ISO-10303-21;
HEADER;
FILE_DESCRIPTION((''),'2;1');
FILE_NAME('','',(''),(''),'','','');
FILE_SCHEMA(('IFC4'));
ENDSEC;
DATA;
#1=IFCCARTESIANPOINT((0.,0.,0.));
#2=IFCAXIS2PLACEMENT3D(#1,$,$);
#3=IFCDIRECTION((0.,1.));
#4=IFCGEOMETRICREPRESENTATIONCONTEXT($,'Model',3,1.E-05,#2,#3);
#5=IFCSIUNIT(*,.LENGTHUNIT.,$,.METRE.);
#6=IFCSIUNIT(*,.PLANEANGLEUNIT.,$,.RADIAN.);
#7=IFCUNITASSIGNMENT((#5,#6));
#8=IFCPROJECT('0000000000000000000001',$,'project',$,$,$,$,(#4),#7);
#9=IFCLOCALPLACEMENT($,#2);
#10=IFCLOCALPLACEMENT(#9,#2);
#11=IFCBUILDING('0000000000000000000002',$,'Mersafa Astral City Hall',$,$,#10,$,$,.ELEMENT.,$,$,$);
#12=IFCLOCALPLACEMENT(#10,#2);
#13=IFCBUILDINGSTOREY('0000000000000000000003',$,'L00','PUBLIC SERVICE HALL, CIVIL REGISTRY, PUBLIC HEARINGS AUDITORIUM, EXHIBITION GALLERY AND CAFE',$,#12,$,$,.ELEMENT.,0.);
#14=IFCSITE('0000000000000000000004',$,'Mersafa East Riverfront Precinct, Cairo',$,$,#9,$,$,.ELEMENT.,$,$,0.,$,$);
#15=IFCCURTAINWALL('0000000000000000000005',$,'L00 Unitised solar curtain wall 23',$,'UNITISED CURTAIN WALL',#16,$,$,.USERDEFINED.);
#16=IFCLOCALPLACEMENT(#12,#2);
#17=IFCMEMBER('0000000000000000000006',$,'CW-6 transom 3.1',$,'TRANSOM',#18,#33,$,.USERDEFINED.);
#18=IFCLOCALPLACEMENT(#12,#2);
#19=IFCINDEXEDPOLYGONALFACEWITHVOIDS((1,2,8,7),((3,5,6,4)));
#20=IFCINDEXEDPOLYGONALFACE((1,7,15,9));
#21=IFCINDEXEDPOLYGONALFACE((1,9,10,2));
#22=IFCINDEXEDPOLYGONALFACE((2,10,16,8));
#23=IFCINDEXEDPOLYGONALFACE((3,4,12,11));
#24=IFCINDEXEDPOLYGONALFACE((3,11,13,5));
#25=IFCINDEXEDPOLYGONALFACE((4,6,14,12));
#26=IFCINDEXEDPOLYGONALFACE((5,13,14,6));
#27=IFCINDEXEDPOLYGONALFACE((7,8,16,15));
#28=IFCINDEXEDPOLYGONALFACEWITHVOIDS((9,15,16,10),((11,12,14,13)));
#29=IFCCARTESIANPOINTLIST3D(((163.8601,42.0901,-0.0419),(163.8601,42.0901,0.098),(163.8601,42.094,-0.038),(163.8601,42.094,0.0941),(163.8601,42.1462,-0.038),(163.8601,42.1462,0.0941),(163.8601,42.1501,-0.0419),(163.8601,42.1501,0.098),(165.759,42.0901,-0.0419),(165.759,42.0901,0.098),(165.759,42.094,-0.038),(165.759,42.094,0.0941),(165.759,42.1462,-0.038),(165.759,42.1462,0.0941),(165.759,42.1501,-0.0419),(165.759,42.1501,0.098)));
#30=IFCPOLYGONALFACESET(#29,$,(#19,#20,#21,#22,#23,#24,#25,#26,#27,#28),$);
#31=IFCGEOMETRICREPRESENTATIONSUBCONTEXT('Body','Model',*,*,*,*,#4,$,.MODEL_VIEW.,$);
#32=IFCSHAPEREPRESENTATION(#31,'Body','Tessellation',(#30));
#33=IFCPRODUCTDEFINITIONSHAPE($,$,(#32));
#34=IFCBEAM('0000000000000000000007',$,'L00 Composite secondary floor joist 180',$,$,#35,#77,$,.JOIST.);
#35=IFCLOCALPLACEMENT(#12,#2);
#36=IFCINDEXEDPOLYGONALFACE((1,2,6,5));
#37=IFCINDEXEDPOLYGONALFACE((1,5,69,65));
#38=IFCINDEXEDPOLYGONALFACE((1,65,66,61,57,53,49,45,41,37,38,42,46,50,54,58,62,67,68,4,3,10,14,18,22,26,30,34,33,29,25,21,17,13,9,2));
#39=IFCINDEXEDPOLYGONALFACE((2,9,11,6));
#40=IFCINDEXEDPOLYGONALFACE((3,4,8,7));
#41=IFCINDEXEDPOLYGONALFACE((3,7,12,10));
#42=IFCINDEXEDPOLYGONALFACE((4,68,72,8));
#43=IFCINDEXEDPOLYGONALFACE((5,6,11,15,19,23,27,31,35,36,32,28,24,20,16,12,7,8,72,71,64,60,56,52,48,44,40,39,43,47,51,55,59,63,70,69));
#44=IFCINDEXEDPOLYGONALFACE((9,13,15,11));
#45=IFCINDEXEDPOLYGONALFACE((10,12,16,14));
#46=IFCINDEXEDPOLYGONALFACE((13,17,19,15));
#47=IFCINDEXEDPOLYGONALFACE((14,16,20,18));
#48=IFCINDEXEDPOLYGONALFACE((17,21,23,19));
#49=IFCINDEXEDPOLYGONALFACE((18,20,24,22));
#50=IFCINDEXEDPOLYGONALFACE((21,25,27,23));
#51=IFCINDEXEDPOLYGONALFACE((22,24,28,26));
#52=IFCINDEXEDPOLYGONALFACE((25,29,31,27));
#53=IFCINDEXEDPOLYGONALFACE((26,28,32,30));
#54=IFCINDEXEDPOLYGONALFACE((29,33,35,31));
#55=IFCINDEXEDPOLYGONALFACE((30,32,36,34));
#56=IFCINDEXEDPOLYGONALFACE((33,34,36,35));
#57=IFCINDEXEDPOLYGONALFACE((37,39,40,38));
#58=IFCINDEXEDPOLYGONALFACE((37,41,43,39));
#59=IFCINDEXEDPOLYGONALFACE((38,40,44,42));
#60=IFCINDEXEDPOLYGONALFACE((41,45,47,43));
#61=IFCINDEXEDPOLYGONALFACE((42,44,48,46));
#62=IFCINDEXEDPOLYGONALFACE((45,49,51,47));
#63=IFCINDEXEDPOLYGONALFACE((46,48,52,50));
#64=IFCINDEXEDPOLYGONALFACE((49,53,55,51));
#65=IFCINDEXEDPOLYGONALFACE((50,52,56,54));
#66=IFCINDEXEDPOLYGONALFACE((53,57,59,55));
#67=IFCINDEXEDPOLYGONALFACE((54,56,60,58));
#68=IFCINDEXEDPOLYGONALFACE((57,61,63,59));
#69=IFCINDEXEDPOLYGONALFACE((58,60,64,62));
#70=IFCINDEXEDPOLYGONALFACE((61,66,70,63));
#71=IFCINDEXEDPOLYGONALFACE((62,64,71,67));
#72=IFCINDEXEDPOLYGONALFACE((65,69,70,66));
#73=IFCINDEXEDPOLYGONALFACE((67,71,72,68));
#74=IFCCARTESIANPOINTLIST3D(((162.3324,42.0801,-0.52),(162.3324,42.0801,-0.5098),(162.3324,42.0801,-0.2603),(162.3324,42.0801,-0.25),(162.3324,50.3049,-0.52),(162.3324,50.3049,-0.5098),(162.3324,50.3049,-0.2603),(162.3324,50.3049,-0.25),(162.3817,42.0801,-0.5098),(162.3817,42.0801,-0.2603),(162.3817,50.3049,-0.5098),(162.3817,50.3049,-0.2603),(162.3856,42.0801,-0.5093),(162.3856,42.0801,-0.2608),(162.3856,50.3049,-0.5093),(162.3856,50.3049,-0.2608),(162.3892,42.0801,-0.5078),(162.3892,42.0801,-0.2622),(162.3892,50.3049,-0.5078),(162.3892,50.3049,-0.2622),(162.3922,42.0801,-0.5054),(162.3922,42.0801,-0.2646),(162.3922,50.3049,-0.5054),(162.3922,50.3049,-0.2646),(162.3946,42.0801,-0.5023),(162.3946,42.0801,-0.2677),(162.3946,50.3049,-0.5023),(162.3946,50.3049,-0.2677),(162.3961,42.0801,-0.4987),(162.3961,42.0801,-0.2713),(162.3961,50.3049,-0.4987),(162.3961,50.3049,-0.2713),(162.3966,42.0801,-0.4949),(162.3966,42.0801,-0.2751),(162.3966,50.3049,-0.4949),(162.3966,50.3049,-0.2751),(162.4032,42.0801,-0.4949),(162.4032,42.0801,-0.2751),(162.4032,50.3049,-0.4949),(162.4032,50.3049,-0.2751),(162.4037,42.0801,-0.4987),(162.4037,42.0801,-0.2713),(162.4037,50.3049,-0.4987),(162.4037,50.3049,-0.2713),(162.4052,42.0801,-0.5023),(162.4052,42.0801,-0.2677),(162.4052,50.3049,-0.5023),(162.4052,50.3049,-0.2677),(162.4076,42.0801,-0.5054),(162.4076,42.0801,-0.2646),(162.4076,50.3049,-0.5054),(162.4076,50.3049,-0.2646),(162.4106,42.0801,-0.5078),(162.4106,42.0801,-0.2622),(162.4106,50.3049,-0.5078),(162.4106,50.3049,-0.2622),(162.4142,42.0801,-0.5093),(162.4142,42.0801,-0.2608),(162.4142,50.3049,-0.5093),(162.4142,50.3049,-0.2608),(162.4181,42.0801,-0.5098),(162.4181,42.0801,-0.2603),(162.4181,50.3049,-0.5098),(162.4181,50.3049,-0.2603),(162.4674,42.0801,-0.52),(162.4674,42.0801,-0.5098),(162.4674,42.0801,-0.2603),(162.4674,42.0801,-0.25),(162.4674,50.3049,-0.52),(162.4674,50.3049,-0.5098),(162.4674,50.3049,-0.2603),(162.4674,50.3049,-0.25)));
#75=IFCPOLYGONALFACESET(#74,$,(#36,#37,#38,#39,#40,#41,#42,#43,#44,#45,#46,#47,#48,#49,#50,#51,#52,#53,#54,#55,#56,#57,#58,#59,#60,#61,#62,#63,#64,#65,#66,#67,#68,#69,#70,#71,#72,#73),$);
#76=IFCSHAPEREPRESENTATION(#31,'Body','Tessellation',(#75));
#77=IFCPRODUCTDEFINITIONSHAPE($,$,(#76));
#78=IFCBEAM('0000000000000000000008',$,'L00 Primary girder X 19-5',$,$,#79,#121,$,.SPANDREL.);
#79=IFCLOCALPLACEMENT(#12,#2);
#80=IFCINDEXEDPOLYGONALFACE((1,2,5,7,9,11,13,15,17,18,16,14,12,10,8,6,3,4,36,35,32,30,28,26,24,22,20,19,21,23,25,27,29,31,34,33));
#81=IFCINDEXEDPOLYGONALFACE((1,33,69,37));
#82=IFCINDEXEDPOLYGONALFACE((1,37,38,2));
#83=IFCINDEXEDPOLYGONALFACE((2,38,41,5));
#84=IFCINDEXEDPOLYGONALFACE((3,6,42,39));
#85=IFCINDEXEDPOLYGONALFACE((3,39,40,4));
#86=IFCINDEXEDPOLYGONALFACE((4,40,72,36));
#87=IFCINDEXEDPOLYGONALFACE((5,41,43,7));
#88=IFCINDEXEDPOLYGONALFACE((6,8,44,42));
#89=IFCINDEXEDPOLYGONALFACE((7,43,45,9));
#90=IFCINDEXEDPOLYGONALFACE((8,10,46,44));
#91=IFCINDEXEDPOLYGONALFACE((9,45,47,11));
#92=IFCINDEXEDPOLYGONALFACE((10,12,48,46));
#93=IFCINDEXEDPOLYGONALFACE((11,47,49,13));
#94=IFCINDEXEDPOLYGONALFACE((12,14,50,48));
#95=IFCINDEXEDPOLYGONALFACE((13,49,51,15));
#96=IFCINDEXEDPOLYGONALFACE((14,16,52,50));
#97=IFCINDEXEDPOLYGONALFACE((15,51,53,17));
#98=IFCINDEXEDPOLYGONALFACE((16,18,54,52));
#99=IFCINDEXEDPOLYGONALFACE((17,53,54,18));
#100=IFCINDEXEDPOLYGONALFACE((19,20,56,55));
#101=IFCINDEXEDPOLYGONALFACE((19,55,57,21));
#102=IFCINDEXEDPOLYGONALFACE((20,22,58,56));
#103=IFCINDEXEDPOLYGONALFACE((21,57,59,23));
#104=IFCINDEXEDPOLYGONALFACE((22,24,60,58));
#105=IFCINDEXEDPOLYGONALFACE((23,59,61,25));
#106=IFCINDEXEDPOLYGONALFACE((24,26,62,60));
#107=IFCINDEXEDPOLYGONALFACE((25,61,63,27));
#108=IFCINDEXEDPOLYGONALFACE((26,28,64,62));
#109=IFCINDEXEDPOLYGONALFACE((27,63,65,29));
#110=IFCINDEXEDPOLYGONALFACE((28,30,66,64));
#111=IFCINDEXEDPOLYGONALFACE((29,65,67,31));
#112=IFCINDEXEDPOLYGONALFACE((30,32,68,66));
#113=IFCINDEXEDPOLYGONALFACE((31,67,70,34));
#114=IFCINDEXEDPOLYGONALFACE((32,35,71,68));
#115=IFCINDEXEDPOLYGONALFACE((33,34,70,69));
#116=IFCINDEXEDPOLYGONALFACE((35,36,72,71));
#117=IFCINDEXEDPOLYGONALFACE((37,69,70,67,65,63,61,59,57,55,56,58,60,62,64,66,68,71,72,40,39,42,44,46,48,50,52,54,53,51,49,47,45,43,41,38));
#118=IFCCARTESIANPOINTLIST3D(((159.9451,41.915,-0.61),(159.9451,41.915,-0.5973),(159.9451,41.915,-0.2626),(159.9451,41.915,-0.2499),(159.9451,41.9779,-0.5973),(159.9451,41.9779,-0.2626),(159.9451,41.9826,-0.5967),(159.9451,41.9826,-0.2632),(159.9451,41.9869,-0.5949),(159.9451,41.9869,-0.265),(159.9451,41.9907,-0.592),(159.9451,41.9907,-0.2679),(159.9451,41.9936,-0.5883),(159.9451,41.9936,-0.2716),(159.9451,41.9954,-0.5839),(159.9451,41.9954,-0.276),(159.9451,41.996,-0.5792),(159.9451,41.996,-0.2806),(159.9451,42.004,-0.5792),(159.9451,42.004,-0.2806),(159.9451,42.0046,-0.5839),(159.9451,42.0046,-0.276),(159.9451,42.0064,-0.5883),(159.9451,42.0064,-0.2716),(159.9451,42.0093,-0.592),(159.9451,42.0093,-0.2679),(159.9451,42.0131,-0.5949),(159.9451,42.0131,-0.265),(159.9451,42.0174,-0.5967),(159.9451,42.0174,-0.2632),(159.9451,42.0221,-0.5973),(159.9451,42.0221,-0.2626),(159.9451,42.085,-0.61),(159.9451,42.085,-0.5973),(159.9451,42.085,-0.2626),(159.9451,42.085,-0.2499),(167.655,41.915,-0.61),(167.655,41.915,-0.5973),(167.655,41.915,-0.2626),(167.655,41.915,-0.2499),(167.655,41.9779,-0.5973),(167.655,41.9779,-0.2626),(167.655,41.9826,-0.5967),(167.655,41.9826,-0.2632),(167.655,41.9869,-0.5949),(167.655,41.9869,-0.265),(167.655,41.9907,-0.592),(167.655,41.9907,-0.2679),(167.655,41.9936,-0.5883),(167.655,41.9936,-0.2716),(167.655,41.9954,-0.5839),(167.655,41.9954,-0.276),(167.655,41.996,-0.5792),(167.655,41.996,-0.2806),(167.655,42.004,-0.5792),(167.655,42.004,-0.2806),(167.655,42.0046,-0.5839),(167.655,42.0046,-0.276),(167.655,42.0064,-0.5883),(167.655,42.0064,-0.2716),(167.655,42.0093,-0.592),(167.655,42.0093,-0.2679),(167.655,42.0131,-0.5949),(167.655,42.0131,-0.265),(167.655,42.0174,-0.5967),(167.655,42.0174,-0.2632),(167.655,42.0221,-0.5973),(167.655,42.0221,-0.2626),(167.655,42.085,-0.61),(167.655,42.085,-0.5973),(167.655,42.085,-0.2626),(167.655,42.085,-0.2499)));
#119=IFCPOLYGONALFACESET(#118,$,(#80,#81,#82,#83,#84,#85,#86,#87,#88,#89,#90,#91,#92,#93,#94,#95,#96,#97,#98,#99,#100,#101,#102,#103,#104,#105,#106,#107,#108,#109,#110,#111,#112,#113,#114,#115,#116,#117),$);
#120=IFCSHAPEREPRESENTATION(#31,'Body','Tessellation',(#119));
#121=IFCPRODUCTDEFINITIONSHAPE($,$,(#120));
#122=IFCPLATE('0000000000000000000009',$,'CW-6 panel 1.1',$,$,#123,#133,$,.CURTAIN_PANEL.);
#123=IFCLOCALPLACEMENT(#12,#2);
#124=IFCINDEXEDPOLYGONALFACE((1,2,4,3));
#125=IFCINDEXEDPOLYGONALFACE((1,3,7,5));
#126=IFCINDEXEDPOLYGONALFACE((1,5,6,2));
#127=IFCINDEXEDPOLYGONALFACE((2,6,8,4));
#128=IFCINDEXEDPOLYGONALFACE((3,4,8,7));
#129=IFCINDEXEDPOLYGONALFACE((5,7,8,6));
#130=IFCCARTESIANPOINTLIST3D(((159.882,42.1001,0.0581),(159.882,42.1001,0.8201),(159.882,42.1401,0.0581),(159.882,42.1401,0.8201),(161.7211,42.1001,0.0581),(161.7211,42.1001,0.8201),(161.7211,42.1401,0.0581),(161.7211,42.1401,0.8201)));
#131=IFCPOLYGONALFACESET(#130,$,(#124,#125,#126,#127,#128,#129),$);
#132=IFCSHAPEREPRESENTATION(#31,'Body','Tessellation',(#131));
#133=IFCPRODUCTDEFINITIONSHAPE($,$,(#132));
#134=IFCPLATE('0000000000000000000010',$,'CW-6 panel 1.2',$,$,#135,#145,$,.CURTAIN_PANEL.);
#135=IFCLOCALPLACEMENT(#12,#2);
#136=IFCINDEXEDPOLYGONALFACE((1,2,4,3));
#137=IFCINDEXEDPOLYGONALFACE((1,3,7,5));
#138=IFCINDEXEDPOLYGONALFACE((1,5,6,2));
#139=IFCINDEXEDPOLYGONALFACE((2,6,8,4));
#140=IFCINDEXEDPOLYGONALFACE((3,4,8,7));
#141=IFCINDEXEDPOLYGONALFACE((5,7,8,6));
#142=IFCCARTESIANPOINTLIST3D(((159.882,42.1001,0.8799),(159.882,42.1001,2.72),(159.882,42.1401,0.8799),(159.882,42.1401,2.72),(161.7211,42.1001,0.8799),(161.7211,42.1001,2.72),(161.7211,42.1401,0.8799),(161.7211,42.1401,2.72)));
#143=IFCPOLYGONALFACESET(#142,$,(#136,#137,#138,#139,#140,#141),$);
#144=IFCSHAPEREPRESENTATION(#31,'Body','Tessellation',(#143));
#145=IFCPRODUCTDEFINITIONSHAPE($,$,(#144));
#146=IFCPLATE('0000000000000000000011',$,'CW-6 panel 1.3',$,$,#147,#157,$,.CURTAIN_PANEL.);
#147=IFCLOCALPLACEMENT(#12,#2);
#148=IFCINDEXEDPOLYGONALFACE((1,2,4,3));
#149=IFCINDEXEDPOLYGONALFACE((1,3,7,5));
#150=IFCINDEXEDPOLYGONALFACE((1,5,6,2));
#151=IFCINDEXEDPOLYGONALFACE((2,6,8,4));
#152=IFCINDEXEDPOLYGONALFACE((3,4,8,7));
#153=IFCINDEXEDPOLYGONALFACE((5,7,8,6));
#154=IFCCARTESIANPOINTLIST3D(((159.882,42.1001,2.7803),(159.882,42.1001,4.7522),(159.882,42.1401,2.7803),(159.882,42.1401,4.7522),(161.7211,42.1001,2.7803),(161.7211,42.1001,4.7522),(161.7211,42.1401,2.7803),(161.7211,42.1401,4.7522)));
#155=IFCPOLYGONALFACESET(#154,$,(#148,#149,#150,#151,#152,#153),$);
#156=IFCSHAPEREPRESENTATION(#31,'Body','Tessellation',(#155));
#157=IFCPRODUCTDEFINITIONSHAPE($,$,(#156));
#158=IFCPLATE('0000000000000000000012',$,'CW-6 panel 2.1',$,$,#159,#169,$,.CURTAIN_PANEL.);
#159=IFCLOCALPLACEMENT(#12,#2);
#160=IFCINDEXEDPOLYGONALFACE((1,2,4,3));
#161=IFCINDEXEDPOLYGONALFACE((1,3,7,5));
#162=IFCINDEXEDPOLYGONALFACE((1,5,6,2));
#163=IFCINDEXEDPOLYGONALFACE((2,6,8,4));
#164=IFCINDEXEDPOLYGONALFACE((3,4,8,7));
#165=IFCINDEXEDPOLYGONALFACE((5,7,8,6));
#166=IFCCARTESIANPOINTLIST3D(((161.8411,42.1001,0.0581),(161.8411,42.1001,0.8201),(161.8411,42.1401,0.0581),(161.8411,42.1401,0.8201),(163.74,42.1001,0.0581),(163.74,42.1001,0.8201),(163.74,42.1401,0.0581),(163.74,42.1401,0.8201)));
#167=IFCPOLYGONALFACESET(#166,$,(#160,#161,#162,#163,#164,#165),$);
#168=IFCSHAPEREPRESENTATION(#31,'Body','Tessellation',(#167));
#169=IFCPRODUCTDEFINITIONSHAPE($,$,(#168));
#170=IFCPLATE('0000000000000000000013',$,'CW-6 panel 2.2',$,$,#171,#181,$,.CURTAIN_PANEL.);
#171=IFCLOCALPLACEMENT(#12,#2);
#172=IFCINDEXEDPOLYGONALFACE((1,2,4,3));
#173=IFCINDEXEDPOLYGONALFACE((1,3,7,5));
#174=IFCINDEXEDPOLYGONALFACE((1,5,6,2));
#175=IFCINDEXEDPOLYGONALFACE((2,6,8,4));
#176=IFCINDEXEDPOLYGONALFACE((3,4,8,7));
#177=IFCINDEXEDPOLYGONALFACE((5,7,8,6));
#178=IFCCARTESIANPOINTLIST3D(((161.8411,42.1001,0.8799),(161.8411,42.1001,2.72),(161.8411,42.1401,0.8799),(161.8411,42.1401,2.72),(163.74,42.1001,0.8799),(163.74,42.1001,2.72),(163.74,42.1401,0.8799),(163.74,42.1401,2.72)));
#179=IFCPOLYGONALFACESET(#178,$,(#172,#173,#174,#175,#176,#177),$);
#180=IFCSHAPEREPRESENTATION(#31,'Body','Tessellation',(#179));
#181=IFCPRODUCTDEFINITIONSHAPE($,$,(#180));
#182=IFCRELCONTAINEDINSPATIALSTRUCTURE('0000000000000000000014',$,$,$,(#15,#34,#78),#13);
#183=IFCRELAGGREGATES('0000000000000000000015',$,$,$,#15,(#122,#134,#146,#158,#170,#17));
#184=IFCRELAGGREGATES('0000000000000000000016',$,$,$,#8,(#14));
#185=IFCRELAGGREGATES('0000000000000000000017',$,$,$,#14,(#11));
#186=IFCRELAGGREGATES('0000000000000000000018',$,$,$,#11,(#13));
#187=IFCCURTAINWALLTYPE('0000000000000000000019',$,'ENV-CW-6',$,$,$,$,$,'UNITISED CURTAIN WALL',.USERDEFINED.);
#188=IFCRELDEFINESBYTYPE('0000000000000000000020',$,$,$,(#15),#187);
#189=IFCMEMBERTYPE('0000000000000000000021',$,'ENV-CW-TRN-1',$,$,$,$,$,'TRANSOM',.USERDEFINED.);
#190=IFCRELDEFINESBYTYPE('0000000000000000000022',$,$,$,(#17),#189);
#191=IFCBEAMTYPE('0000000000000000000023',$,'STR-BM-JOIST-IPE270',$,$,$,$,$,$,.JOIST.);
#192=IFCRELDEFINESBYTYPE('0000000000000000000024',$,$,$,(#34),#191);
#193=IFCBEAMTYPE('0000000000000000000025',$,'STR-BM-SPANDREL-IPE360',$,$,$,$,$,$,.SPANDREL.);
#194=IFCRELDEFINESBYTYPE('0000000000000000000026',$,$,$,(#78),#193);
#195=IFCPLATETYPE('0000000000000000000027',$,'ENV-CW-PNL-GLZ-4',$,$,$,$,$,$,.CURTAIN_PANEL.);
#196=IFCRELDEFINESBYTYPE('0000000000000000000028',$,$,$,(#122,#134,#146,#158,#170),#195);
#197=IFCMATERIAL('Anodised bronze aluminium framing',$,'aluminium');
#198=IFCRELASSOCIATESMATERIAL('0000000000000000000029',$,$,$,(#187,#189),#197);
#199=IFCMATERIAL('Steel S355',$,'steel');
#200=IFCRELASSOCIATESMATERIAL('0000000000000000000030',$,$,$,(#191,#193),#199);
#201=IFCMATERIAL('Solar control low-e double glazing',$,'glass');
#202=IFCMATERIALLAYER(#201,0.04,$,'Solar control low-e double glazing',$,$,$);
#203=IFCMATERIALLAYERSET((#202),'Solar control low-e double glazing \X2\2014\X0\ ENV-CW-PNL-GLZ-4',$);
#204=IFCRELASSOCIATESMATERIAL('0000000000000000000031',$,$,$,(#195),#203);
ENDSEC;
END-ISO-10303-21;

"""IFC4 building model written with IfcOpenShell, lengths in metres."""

from ifc_helpers import new_model, si_unit, direction, frame, origin, origin_2d, place, context, subcontext, project, spatial, rectangle, hollow_rectangle, i_section, extrude, material, layer, layer_set, material_profile, profile_set, type_object, element, aggregate, save


model = new_model("IFC4")

# Units and contexts
model_context = context("Model", 3, precision=1e-05, world=origin(), true_north=direction((0.0, 1.0)))
body_context = subcontext(model_context, "Body", "Model", "MODEL_VIEW")
ifc_project = project(units=[si_unit("LENGTHUNIT", "METRE"), si_unit("PLANEANGLEUNIT", "RADIAN")], contexts=[model_context])

# Site, building, storey
site_placement = place(None, origin())
site = spatial("IfcSite", under=ifc_project, at=site_placement, Name="Mersafa East Riverfront Precinct, Cairo", CompositionType="ELEMENT", RefElevation=0.0)
building_placement = place(site_placement, origin())
building = spatial("IfcBuilding", under=site, at=building_placement, Name="Mersafa Astral City Hall", CompositionType="ELEMENT")
storey_placement = place(building_placement, origin())
storey = spatial("IfcBuildingStorey", under=building, at=storey_placement, Name="L00", Description="PUBLIC SERVICE HALL, CIVIL REGISTRY, PUBLIC HEARINGS AUDITORIUM, EXHIBITION GALLERY AND CAFE", CompositionType="ELEMENT", Elevation=0.0)

# Curtain wall, member
ifc_material_1 = material(Name="Anodised bronze aluminium framing", Category="aluminium")
curtain_wall_type = type_object("IfcCurtainWallType", Name="ENV-CW-6", ElementType="UNITISED CURTAIN WALL", PredefinedType="USERDEFINED", material=ifc_material_1)
curtain_wall_placement = place(storey_placement, origin())
curtain_wall = element("IfcCurtainWall", 1, at=curtain_wall_placement, inside=storey, type_object=curtain_wall_type, Name="L00 Unitised solar curtain wall 23", ObjectType="UNITISED CURTAIN WALL", PredefinedType="USERDEFINED")
ifc_material_profile_1 = material_profile(ifc_material_1, hollow_rectangle(XDim=0.0601, YDim=0.1399, WallThickness=0.0039, at=origin_2d()), Name="RHS 60x140x4")
ifc_profile_set_1 = profile_set([ifc_material_profile_1], Name="Anodised bronze aluminium framing")
member_type_1 = type_object("IfcMemberType", Name="ENV-CW-TRN-1", ElementType="TRANSOM", PredefinedType="USERDEFINED", material=ifc_profile_set_1)
member_1_placement = place(storey_placement, frame((163.8601, 42.1201, 0.0281), z_axis=(1.0, 0.0, 0.0), x_axis=(0.0, 1.0, 0.0)))
member_1 = element("IfcMember", 2, at=member_1_placement, type_object=member_type_1, Name="CW-6 transom 3.1", ObjectType="TRANSOM", PredefinedType="USERDEFINED", context=body_context, shape_type="SweptSolid", body=[
    extrude(hollow_rectangle(XDim=0.0601, YDim=0.1399, WallThickness=0.0039, at=origin_2d()), origin(), (0.0, 0.0, 1.0), 1.8989),
])

# Beams
ifc_material_2 = material(Name="Steel S355", Category="steel")
ifc_material_profile_2 = material_profile(ifc_material_2, i_section(OverallWidth=0.135, OverallDepth=0.27, WebThickness=0.0066, FlangeThickness=0.0103, FilletRadius=0.0149, at=origin_2d()), Name="IPE 270")
ifc_profile_set_2 = profile_set([ifc_material_profile_2], Name="Steel S355")
beam_type_1 = type_object("IfcBeamType", Name="STR-BM-JOIST-IPE270", PredefinedType="JOIST", material=ifc_profile_set_2)
beam_1_placement = place(storey_placement, frame((162.3999, 42.0801, -0.385), z_axis=(0.0, 1.0, 0.0), x_axis=(-1.0, 0.0, 0.0)))
element("IfcBeam", 3, at=beam_1_placement, inside=storey, type_object=beam_type_1, Name="L00 Composite secondary floor joist 180", PredefinedType="JOIST", context=body_context, shape_type="SweptSolid", body=[
    extrude(i_section(OverallWidth=0.135, OverallDepth=0.27, WebThickness=0.0066, FlangeThickness=0.0103, FilletRadius=0.0149, at=origin_2d()), origin(), (0.0, 0.0, 1.0), 8.2249),
])
ifc_material_profile_3 = material_profile(ifc_material_2, i_section(OverallWidth=0.1699, OverallDepth=0.3601, WebThickness=0.0081, FlangeThickness=0.0127, FilletRadius=0.0181, at=origin_2d()), Name="IPE 360")
ifc_profile_set_3 = profile_set([ifc_material_profile_3], Name="Steel S355")
beam_type_2 = type_object("IfcBeamType", Name="STR-BM-SPANDREL-IPE360", PredefinedType="SPANDREL", material=ifc_profile_set_3)
beam_2_placement = place(storey_placement, frame((159.9451, 42.0, -0.4299), z_axis=(1.0, 0.0, 0.0), x_axis=(0.0, 1.0, 0.0)))
element("IfcBeam", 4, at=beam_2_placement, inside=storey, type_object=beam_type_2, Name="L00 Primary girder X 19-5", PredefinedType="SPANDREL", context=body_context, shape_type="SweptSolid", body=[
    extrude(i_section(OverallWidth=0.1699, OverallDepth=0.3601, WebThickness=0.0081, FlangeThickness=0.0127, FilletRadius=0.0181, at=origin_2d()), origin(), (0.0, 0.0, 1.0), 7.71),
])

# Plates
ifc_material_3 = material(Name="Solar control low-e double glazing", Category="glass")
ifc_layer = layer(ifc_material_3, 0.04, Name="Solar control low-e double glazing")
ifc_layer_set = layer_set([ifc_layer], Name="Solar control low-e double glazing — ENV-CW-PNL-GLZ-4")
plate_type = type_object("IfcPlateType", Name="ENV-CW-PNL-GLZ-4", PredefinedType="CURTAIN_PANEL", material=ifc_layer_set)
plate_1_placement = place(storey_placement, frame((160.8015, 42.1201, 0.0581), z_axis=(0.0, 0.0, 1.0), x_axis=(1.0, 0.0, 0.0)))
plate_1 = element("IfcPlate", 5, at=plate_1_placement, type_object=plate_type, Name="CW-6 panel 1.1", PredefinedType="CURTAIN_PANEL", context=body_context, shape_type="SweptSolid", body=[
    extrude(rectangle(XDim=1.8391, YDim=0.04, at=origin_2d()), origin(), (0.0, 0.0, 1.0), 0.762),
])
plate_2_placement = place(storey_placement, frame((160.8015, 42.1201, 0.8799), z_axis=(0.0, 0.0, 1.0), x_axis=(1.0, 0.0, 0.0)))
plate_2 = element("IfcPlate", 6, at=plate_2_placement, type_object=plate_type, Name="CW-6 panel 1.2", PredefinedType="CURTAIN_PANEL", context=body_context, shape_type="SweptSolid", body=[
    extrude(rectangle(XDim=1.8391, YDim=0.04, at=origin_2d()), origin(), (0.0, 0.0, 1.0), 1.8401),
])
plate_3_placement = place(storey_placement, frame((160.8015, 42.1201, 2.7803), z_axis=(0.0, 0.0, 1.0), x_axis=(1.0, 0.0, 0.0)))
plate_3 = element("IfcPlate", 7, at=plate_3_placement, type_object=plate_type, Name="CW-6 panel 1.3", PredefinedType="CURTAIN_PANEL", context=body_context, shape_type="SweptSolid", body=[
    extrude(rectangle(XDim=1.8391, YDim=0.04, at=origin_2d()), origin(), (0.0, 0.0, 1.0), 1.9719),
])
plate_4_placement = place(storey_placement, frame((162.7905, 42.1201, 0.0581), z_axis=(0.0, 0.0, 1.0), x_axis=(1.0, 0.0, 0.0)))
plate_4 = element("IfcPlate", 8, at=plate_4_placement, type_object=plate_type, Name="CW-6 panel 2.1", PredefinedType="CURTAIN_PANEL", context=body_context, shape_type="SweptSolid", body=[
    extrude(rectangle(XDim=1.8989, YDim=0.04, at=origin_2d()), origin(), (0.0, 0.0, 1.0), 0.762),
])
plate_5_placement = place(storey_placement, frame((162.7905, 42.1201, 0.8799), z_axis=(0.0, 0.0, 1.0), x_axis=(1.0, 0.0, 0.0)))
plate_5 = element("IfcPlate", 9, at=plate_5_placement, type_object=plate_type, Name="CW-6 panel 2.2", PredefinedType="CURTAIN_PANEL", context=body_context, shape_type="SweptSolid", body=[
    extrude(rectangle(XDim=1.8989, YDim=0.04, at=origin_2d()), origin(), (0.0, 0.0, 1.0), 1.8401),
])
aggregate(curtain_wall, [plate_1, plate_2, plate_3, plate_4, plate_5, member_1])

save(model, "model.ifc")
